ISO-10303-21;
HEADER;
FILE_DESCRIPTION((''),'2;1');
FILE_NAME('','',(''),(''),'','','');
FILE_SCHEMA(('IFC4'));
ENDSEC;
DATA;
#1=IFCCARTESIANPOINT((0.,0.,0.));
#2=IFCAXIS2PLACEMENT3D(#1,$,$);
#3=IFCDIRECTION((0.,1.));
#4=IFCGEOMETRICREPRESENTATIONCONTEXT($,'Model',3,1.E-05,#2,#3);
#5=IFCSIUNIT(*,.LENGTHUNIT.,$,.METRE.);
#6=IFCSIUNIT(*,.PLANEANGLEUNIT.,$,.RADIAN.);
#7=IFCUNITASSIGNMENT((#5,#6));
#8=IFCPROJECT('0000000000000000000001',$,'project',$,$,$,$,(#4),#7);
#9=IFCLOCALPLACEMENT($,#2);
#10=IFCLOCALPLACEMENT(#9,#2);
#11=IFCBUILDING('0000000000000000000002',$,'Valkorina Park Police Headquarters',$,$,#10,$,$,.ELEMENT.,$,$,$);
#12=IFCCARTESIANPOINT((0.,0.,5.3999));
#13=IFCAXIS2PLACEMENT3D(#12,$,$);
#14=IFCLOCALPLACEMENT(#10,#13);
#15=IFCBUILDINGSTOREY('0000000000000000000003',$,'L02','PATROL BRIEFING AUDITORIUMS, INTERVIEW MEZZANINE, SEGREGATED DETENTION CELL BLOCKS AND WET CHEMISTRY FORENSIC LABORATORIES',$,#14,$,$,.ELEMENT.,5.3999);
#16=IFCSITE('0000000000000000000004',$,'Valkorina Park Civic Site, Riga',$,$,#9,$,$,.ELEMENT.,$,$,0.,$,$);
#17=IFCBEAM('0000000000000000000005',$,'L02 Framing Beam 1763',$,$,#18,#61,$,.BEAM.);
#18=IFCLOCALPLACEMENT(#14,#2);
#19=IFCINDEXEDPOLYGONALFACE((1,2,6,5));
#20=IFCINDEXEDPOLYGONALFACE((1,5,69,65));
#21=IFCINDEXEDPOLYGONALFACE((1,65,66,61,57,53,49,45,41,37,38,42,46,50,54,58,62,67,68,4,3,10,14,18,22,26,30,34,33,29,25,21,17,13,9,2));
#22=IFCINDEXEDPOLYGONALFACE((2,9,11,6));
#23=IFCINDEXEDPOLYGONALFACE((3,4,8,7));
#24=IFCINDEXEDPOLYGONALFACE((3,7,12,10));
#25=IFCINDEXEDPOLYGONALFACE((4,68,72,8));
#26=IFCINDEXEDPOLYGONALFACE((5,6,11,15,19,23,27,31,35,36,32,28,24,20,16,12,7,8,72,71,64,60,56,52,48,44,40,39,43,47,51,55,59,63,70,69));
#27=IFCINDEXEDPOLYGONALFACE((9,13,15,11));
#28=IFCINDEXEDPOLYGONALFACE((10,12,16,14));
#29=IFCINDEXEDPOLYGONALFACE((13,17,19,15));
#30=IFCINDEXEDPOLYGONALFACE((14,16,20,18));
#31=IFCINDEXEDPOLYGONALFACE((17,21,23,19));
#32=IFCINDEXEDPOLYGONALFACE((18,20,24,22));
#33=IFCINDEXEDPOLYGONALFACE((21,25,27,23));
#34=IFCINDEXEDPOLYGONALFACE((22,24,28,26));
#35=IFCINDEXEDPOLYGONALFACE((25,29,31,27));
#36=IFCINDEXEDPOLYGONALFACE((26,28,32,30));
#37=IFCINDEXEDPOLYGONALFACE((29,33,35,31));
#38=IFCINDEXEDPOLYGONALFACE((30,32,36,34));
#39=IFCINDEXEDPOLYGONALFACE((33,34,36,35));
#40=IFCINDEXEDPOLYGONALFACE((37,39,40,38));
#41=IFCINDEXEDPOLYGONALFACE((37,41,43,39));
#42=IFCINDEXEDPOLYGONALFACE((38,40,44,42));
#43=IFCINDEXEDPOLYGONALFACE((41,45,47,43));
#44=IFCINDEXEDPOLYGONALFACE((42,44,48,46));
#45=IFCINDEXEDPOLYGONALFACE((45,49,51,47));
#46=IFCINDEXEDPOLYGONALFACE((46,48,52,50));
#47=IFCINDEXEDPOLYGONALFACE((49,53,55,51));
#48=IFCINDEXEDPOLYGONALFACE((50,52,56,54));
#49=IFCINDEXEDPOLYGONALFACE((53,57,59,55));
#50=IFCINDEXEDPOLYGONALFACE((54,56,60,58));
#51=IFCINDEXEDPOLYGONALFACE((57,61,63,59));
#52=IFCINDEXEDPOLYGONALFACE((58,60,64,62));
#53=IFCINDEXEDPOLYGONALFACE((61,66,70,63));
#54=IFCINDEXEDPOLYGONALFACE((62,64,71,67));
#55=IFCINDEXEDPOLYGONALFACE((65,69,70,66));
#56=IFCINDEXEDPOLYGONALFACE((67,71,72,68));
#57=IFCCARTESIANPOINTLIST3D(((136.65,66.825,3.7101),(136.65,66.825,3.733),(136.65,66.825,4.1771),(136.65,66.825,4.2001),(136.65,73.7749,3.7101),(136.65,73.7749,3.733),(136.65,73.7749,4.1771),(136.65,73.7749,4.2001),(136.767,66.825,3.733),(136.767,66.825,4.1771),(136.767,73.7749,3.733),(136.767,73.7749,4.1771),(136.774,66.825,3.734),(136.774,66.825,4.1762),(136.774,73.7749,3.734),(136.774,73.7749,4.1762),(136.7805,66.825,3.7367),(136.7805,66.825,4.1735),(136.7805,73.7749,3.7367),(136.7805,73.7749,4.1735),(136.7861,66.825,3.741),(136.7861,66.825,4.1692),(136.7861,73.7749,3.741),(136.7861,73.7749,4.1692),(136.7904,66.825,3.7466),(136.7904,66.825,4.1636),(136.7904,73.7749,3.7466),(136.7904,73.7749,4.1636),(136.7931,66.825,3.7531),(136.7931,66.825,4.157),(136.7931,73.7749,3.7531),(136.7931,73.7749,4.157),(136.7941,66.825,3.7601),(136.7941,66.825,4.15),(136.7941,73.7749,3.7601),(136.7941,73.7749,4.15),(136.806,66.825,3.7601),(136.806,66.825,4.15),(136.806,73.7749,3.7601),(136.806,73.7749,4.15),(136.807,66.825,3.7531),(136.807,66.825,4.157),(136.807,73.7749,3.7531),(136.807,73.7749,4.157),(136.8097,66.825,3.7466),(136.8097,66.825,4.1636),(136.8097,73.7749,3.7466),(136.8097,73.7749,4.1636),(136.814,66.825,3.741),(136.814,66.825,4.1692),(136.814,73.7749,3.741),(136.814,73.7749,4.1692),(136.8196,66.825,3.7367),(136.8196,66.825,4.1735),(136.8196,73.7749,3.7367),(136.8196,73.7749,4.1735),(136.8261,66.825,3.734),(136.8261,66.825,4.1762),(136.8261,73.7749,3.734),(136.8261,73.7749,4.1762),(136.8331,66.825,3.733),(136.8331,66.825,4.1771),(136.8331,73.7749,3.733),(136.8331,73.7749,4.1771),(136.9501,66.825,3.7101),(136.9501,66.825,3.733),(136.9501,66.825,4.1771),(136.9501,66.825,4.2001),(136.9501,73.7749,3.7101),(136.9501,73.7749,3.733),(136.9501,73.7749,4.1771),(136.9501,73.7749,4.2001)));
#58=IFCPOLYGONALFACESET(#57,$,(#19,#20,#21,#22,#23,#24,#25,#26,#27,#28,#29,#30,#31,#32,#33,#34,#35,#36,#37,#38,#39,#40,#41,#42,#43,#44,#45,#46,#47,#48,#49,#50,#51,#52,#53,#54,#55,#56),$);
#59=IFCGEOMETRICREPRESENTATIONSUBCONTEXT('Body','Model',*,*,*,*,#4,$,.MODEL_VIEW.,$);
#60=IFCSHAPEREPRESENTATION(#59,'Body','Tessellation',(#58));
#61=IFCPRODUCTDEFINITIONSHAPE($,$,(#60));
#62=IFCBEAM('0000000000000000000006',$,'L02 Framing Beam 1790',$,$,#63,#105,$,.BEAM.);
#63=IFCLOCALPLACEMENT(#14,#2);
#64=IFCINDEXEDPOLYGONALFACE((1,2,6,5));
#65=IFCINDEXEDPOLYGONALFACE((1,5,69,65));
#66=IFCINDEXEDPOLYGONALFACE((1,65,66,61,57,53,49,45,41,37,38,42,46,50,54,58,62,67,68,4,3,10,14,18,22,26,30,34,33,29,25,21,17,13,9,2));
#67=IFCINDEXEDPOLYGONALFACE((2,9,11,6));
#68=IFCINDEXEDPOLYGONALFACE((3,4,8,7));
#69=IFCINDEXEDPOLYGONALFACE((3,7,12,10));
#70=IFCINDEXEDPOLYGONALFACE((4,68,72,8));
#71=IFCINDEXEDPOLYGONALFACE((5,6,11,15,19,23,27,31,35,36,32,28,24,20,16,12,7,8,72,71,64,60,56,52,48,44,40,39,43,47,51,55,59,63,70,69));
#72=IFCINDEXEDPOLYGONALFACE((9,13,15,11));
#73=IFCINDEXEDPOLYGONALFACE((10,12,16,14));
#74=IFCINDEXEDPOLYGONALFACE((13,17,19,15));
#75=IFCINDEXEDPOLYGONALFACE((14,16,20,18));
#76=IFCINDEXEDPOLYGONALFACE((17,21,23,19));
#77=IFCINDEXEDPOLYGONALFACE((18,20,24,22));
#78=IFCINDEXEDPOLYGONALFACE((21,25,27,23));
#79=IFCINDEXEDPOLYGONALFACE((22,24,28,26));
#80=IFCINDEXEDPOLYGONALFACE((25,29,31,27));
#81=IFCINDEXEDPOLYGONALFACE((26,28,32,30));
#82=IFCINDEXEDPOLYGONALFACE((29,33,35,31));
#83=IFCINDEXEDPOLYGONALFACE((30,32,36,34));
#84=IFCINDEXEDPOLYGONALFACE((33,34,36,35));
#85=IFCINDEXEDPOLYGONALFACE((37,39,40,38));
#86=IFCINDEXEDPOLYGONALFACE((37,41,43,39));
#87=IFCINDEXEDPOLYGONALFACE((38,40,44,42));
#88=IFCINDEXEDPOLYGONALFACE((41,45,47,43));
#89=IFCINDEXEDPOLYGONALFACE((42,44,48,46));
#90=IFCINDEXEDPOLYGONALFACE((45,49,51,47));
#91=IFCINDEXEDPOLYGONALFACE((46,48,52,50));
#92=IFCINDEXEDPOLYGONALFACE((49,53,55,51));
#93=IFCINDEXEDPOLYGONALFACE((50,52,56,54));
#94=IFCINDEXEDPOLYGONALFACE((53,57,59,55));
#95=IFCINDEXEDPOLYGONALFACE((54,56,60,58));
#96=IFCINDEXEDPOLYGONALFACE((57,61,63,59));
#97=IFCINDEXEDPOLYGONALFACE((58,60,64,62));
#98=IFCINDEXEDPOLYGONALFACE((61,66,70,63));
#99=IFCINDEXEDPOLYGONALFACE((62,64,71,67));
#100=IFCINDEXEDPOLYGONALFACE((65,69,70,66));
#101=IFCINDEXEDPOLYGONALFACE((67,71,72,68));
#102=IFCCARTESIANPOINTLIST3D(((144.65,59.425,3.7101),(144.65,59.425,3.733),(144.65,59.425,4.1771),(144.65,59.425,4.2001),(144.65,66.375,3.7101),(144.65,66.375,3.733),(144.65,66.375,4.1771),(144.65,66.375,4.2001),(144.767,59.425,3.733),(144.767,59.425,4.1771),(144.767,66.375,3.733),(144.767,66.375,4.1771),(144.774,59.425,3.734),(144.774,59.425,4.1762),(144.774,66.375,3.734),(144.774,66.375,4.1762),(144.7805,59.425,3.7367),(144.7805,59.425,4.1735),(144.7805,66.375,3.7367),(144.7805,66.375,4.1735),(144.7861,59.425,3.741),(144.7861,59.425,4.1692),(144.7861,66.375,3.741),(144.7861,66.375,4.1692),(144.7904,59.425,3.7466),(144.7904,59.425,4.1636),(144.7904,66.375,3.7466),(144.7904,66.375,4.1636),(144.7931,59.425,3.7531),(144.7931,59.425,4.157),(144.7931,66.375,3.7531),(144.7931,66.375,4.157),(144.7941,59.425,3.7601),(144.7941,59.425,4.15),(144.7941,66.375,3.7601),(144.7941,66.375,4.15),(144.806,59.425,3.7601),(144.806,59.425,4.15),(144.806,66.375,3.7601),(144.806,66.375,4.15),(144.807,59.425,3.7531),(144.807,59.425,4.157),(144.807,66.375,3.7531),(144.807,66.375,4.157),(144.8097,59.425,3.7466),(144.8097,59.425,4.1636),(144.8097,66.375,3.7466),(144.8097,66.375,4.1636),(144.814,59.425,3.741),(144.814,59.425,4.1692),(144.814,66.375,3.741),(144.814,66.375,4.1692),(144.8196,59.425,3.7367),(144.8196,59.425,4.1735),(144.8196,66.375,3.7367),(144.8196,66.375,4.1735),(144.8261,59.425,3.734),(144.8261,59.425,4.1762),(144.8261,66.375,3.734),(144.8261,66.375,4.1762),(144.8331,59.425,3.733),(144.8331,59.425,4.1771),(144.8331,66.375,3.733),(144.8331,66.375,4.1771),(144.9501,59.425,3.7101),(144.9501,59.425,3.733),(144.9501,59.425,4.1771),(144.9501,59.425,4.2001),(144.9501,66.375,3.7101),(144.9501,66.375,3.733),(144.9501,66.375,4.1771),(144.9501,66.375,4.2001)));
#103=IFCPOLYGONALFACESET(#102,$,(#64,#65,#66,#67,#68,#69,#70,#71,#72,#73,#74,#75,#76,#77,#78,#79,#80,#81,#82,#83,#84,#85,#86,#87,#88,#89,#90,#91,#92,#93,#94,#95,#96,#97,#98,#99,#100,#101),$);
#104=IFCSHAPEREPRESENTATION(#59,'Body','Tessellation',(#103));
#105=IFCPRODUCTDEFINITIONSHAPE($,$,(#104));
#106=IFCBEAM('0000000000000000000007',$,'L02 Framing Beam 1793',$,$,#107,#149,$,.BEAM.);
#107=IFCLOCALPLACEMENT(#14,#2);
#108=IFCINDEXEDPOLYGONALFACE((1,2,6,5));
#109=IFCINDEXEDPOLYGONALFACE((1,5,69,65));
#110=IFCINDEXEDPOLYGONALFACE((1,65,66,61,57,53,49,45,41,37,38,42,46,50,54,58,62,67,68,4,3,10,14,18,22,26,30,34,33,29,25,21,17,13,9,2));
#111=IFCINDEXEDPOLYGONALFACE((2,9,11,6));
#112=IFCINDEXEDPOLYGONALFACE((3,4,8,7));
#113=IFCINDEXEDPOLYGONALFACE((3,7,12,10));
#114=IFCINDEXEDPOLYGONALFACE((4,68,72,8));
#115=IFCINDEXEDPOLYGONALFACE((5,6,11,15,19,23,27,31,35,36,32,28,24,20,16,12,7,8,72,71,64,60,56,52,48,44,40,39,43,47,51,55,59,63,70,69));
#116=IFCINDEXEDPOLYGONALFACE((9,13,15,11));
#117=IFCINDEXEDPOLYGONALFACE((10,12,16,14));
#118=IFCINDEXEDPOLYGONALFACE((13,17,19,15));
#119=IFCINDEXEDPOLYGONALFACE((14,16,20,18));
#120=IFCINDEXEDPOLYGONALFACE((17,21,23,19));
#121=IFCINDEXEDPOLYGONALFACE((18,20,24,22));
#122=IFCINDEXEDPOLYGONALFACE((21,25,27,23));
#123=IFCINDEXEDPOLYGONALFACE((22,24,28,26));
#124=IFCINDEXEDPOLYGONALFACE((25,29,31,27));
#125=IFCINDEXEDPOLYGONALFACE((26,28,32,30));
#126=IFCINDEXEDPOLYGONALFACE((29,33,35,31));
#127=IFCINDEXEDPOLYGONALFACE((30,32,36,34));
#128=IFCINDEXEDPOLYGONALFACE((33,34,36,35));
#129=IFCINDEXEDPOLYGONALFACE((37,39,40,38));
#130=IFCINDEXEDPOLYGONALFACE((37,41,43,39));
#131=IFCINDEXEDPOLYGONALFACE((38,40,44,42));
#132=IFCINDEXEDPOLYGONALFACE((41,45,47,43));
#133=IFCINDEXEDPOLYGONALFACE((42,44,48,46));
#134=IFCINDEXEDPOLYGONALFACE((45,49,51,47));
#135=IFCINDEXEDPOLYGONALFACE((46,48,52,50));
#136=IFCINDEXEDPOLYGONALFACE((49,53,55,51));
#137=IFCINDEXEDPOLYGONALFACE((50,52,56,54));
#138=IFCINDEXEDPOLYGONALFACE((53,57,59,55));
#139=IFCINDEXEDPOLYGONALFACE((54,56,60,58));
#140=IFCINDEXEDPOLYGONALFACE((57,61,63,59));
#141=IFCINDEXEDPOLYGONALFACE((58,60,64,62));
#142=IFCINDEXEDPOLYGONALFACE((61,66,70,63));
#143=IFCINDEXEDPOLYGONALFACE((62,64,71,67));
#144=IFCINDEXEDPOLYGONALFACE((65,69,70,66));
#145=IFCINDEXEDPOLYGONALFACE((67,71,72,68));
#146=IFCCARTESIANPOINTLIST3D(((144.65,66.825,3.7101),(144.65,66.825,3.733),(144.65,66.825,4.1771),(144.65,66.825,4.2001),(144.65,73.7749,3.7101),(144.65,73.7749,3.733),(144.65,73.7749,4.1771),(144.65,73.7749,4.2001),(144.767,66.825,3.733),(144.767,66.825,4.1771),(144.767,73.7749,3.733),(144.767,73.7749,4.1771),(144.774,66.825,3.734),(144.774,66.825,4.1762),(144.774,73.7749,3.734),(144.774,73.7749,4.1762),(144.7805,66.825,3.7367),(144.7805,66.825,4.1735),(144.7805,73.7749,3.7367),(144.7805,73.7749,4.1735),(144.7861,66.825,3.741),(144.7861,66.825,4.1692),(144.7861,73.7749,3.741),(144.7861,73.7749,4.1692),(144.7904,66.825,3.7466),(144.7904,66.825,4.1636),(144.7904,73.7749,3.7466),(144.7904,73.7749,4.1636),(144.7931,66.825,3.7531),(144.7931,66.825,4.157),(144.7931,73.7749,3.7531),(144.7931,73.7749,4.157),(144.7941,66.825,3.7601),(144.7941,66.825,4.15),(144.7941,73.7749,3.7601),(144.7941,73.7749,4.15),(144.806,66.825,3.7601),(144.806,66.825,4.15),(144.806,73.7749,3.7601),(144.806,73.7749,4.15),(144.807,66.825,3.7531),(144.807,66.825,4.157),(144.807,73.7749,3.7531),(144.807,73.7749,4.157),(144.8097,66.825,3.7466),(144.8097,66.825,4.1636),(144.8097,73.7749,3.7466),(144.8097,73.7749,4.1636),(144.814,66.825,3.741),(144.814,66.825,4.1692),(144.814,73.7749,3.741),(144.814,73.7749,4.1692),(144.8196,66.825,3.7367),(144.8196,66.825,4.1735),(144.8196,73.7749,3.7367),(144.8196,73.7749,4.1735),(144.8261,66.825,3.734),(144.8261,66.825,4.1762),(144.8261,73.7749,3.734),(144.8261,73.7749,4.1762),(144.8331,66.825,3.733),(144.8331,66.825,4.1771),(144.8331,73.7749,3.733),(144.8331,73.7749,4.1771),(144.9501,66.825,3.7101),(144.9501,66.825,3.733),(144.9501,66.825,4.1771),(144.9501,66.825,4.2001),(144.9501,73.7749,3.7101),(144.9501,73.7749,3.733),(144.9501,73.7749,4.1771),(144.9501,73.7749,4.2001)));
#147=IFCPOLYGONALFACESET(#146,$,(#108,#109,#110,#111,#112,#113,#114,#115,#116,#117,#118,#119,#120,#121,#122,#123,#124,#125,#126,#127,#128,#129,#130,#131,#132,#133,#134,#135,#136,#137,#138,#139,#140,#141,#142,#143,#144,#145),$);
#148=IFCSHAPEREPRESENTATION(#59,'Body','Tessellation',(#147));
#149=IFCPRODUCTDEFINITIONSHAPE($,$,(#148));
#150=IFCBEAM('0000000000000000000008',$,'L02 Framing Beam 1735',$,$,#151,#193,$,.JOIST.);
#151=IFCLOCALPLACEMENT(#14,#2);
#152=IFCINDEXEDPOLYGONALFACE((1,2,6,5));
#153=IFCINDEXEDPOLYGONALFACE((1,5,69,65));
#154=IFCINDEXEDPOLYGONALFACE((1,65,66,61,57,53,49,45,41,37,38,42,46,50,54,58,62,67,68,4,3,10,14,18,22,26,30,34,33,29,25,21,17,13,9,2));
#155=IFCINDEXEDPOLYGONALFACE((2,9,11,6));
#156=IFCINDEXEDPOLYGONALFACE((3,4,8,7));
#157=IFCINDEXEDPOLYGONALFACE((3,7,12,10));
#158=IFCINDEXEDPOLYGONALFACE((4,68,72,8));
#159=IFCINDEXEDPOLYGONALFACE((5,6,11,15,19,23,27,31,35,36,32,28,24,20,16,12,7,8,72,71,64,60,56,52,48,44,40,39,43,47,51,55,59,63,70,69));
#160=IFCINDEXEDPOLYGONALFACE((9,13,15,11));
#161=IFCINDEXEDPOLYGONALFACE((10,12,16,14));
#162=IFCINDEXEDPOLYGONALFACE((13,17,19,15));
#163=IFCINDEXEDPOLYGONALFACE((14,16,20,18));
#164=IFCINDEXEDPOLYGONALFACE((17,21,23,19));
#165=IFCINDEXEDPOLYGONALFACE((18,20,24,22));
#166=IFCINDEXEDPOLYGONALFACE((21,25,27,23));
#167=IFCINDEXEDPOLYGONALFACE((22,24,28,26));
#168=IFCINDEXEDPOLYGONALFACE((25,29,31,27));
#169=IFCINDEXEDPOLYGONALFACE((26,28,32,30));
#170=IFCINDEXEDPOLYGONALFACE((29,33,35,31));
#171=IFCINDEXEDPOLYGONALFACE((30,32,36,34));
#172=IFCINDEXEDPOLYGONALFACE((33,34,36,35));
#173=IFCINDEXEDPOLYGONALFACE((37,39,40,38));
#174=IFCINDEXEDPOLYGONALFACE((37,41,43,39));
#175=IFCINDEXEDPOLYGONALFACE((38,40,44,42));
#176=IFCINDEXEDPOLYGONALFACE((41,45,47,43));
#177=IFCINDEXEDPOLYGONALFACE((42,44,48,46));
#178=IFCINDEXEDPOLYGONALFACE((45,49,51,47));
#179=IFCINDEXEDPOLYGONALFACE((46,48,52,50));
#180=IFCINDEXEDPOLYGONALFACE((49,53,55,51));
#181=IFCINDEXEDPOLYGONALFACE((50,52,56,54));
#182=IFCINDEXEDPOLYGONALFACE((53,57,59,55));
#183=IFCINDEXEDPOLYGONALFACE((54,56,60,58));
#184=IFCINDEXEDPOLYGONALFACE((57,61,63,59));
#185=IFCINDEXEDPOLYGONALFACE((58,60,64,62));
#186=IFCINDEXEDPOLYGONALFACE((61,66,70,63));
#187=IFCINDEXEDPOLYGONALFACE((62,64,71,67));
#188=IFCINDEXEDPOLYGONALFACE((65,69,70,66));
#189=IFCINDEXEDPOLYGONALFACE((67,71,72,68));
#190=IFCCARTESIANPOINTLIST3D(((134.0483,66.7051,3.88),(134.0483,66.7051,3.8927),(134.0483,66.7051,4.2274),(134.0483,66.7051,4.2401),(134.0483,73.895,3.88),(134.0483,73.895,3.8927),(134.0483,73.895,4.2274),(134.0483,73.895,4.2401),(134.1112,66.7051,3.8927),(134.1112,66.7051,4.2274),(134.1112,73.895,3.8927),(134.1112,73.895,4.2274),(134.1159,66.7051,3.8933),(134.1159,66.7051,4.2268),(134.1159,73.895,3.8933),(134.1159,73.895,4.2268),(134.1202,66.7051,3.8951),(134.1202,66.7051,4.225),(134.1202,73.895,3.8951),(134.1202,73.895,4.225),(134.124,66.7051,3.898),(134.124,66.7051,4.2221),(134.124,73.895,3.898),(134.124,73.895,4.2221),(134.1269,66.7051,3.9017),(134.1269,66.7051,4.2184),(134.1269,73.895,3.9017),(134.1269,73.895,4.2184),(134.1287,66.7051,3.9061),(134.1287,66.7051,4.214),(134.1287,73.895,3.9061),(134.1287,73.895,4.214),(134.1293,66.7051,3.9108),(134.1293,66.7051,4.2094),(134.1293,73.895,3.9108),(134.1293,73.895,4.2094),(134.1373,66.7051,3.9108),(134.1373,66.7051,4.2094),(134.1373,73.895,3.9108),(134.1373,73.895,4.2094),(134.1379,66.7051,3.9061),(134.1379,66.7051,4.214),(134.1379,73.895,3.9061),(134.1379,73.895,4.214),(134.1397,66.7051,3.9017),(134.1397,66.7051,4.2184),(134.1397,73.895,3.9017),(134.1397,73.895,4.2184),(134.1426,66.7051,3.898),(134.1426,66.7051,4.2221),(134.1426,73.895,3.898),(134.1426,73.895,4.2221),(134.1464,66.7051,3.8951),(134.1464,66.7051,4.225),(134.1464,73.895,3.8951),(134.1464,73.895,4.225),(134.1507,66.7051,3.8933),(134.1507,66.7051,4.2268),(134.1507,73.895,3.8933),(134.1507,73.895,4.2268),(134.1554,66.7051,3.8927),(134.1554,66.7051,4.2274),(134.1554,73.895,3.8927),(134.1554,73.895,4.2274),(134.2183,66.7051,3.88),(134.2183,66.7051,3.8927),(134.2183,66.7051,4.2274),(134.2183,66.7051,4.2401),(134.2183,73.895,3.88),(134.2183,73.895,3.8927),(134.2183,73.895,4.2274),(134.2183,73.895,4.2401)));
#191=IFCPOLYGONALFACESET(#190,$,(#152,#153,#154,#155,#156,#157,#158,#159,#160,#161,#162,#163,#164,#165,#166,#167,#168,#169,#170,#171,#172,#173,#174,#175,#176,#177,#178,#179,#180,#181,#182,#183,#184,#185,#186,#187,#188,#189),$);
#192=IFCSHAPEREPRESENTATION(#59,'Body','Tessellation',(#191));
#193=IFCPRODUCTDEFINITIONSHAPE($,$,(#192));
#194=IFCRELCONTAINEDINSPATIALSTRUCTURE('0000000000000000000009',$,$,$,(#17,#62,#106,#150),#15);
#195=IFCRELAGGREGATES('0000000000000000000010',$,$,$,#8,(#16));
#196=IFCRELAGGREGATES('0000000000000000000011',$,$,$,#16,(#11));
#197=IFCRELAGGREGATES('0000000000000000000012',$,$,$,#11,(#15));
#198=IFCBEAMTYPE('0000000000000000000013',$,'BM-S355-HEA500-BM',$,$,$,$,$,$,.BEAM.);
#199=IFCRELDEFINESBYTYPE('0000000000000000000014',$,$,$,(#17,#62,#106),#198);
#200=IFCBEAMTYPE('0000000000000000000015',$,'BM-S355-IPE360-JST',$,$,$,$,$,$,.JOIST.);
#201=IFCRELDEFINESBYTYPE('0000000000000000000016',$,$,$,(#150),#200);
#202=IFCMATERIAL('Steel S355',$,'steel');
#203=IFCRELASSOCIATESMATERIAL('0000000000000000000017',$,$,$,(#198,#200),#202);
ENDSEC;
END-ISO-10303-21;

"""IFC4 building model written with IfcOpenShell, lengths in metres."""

from ifc_helpers import new_model, si_unit, direction, frame, origin, origin_2d, place, context, subcontext, project, spatial, i_section, extrude, material, material_profile, profile_set, type_object, element, save


model = new_model("IFC4")

# Units and contexts
model_context = context("Model", 3, precision=1e-05, world=origin(), true_north=direction((0.0, 1.0)))
body_context = subcontext(model_context, "Body", "Model", "MODEL_VIEW")
ifc_project = project(units=[si_unit("LENGTHUNIT", "METRE"), si_unit("PLANEANGLEUNIT", "RADIAN")], contexts=[model_context])

# Site, building, storey
site_placement = place(None, origin())
site = spatial("IfcSite", under=ifc_project, at=site_placement, Name="Valkorina Park Civic Site, Riga", CompositionType="ELEMENT", RefElevation=0.0)
building_placement = place(site_placement, origin())
building = spatial("IfcBuilding", under=site, at=building_placement, Name="Valkorina Park Police Headquarters", CompositionType="ELEMENT")
storey_placement = place(building_placement, frame((0.0, 0.0, 5.3999)))
storey = spatial("IfcBuildingStorey", under=building, at=storey_placement, Name="L02", Description="PATROL BRIEFING AUDITORIUMS, INTERVIEW MEZZANINE, SEGREGATED DETENTION CELL BLOCKS AND WET CHEMISTRY FORENSIC LABORATORIES", CompositionType="ELEMENT", Elevation=5.3999)

# Shared definitions
ifc_material_1 = material(Name="Steel S355", Category="steel")

# Beams
ifc_material_profile_1 = material_profile(ifc_material_1, i_section(OverallWidth=0.3, OverallDepth=0.49, WebThickness=0.012, FlangeThickness=0.0229, FilletRadius=0.0271, at=origin_2d()), Name="HEA 500")
ifc_profile_set_1 = profile_set([ifc_material_profile_1], Name="Steel S355")
beam_type_1 = type_object("IfcBeamType", Name="BM-S355-HEA500-BM", PredefinedType="BEAM", material=ifc_profile_set_1)
for number, where, z_axis, x_axis, name in (
    (1, (136.8, 66.825, 3.9551), (0.0, 1.0, 0.0), (-1.0, 0.0, 0.0), "L02 Framing Beam 1763"),
    (2, (144.8, 59.425, 3.9551), (0.0, 1.0, 0.0), (-1.0, 0.0, 0.0), "L02 Framing Beam 1790"),
    (3, (144.8, 66.825, 3.9551), (0.0, 1.0, 0.0), (-1.0, 0.0, 0.0), "L02 Framing Beam 1793"),
):
    element("IfcBeam", number, at=place(storey_placement, frame(where, z_axis=z_axis, x_axis=x_axis)), inside=storey, type_object=beam_type_1, Name=name, PredefinedType="BEAM", context=body_context, shape_type="SweptSolid", body=[
        extrude(i_section(OverallWidth=0.3, OverallDepth=0.49, WebThickness=0.012, FlangeThickness=0.0229, FilletRadius=0.0271, at=origin_2d()), origin(), (0.0, 0.0, 1.0), 6.95),
    ])
ifc_material_profile_2 = material_profile(ifc_material_1, i_section(OverallWidth=0.1699, OverallDepth=0.3601, WebThickness=0.0081, FlangeThickness=0.0127, FilletRadius=0.0181, at=origin_2d()), Name="IPE 360")
ifc_profile_set_2 = profile_set([ifc_material_profile_2], Name="Steel S355")
beam_type_2 = type_object("IfcBeamType", Name="BM-S355-IPE360-JST", PredefinedType="JOIST", material=ifc_profile_set_2)
beam_1_placement = place(storey_placement, frame((134.1333, 66.7051, 4.0601), z_axis=(0.0, 1.0, 0.0), x_axis=(-1.0, 0.0, 0.0)))
element("IfcBeam", 4, at=beam_1_placement, inside=storey, type_object=beam_type_2, Name="L02 Framing Beam 1735", PredefinedType="JOIST", context=body_context, shape_type="SweptSolid", body=[
    extrude(i_section(OverallWidth=0.1699, OverallDepth=0.3601, WebThickness=0.0081, FlangeThickness=0.0127, FilletRadius=0.0181, at=origin_2d()), origin(), (0.0, 0.0, 1.0), 7.1899),
])

save(model, "model.ifc")
